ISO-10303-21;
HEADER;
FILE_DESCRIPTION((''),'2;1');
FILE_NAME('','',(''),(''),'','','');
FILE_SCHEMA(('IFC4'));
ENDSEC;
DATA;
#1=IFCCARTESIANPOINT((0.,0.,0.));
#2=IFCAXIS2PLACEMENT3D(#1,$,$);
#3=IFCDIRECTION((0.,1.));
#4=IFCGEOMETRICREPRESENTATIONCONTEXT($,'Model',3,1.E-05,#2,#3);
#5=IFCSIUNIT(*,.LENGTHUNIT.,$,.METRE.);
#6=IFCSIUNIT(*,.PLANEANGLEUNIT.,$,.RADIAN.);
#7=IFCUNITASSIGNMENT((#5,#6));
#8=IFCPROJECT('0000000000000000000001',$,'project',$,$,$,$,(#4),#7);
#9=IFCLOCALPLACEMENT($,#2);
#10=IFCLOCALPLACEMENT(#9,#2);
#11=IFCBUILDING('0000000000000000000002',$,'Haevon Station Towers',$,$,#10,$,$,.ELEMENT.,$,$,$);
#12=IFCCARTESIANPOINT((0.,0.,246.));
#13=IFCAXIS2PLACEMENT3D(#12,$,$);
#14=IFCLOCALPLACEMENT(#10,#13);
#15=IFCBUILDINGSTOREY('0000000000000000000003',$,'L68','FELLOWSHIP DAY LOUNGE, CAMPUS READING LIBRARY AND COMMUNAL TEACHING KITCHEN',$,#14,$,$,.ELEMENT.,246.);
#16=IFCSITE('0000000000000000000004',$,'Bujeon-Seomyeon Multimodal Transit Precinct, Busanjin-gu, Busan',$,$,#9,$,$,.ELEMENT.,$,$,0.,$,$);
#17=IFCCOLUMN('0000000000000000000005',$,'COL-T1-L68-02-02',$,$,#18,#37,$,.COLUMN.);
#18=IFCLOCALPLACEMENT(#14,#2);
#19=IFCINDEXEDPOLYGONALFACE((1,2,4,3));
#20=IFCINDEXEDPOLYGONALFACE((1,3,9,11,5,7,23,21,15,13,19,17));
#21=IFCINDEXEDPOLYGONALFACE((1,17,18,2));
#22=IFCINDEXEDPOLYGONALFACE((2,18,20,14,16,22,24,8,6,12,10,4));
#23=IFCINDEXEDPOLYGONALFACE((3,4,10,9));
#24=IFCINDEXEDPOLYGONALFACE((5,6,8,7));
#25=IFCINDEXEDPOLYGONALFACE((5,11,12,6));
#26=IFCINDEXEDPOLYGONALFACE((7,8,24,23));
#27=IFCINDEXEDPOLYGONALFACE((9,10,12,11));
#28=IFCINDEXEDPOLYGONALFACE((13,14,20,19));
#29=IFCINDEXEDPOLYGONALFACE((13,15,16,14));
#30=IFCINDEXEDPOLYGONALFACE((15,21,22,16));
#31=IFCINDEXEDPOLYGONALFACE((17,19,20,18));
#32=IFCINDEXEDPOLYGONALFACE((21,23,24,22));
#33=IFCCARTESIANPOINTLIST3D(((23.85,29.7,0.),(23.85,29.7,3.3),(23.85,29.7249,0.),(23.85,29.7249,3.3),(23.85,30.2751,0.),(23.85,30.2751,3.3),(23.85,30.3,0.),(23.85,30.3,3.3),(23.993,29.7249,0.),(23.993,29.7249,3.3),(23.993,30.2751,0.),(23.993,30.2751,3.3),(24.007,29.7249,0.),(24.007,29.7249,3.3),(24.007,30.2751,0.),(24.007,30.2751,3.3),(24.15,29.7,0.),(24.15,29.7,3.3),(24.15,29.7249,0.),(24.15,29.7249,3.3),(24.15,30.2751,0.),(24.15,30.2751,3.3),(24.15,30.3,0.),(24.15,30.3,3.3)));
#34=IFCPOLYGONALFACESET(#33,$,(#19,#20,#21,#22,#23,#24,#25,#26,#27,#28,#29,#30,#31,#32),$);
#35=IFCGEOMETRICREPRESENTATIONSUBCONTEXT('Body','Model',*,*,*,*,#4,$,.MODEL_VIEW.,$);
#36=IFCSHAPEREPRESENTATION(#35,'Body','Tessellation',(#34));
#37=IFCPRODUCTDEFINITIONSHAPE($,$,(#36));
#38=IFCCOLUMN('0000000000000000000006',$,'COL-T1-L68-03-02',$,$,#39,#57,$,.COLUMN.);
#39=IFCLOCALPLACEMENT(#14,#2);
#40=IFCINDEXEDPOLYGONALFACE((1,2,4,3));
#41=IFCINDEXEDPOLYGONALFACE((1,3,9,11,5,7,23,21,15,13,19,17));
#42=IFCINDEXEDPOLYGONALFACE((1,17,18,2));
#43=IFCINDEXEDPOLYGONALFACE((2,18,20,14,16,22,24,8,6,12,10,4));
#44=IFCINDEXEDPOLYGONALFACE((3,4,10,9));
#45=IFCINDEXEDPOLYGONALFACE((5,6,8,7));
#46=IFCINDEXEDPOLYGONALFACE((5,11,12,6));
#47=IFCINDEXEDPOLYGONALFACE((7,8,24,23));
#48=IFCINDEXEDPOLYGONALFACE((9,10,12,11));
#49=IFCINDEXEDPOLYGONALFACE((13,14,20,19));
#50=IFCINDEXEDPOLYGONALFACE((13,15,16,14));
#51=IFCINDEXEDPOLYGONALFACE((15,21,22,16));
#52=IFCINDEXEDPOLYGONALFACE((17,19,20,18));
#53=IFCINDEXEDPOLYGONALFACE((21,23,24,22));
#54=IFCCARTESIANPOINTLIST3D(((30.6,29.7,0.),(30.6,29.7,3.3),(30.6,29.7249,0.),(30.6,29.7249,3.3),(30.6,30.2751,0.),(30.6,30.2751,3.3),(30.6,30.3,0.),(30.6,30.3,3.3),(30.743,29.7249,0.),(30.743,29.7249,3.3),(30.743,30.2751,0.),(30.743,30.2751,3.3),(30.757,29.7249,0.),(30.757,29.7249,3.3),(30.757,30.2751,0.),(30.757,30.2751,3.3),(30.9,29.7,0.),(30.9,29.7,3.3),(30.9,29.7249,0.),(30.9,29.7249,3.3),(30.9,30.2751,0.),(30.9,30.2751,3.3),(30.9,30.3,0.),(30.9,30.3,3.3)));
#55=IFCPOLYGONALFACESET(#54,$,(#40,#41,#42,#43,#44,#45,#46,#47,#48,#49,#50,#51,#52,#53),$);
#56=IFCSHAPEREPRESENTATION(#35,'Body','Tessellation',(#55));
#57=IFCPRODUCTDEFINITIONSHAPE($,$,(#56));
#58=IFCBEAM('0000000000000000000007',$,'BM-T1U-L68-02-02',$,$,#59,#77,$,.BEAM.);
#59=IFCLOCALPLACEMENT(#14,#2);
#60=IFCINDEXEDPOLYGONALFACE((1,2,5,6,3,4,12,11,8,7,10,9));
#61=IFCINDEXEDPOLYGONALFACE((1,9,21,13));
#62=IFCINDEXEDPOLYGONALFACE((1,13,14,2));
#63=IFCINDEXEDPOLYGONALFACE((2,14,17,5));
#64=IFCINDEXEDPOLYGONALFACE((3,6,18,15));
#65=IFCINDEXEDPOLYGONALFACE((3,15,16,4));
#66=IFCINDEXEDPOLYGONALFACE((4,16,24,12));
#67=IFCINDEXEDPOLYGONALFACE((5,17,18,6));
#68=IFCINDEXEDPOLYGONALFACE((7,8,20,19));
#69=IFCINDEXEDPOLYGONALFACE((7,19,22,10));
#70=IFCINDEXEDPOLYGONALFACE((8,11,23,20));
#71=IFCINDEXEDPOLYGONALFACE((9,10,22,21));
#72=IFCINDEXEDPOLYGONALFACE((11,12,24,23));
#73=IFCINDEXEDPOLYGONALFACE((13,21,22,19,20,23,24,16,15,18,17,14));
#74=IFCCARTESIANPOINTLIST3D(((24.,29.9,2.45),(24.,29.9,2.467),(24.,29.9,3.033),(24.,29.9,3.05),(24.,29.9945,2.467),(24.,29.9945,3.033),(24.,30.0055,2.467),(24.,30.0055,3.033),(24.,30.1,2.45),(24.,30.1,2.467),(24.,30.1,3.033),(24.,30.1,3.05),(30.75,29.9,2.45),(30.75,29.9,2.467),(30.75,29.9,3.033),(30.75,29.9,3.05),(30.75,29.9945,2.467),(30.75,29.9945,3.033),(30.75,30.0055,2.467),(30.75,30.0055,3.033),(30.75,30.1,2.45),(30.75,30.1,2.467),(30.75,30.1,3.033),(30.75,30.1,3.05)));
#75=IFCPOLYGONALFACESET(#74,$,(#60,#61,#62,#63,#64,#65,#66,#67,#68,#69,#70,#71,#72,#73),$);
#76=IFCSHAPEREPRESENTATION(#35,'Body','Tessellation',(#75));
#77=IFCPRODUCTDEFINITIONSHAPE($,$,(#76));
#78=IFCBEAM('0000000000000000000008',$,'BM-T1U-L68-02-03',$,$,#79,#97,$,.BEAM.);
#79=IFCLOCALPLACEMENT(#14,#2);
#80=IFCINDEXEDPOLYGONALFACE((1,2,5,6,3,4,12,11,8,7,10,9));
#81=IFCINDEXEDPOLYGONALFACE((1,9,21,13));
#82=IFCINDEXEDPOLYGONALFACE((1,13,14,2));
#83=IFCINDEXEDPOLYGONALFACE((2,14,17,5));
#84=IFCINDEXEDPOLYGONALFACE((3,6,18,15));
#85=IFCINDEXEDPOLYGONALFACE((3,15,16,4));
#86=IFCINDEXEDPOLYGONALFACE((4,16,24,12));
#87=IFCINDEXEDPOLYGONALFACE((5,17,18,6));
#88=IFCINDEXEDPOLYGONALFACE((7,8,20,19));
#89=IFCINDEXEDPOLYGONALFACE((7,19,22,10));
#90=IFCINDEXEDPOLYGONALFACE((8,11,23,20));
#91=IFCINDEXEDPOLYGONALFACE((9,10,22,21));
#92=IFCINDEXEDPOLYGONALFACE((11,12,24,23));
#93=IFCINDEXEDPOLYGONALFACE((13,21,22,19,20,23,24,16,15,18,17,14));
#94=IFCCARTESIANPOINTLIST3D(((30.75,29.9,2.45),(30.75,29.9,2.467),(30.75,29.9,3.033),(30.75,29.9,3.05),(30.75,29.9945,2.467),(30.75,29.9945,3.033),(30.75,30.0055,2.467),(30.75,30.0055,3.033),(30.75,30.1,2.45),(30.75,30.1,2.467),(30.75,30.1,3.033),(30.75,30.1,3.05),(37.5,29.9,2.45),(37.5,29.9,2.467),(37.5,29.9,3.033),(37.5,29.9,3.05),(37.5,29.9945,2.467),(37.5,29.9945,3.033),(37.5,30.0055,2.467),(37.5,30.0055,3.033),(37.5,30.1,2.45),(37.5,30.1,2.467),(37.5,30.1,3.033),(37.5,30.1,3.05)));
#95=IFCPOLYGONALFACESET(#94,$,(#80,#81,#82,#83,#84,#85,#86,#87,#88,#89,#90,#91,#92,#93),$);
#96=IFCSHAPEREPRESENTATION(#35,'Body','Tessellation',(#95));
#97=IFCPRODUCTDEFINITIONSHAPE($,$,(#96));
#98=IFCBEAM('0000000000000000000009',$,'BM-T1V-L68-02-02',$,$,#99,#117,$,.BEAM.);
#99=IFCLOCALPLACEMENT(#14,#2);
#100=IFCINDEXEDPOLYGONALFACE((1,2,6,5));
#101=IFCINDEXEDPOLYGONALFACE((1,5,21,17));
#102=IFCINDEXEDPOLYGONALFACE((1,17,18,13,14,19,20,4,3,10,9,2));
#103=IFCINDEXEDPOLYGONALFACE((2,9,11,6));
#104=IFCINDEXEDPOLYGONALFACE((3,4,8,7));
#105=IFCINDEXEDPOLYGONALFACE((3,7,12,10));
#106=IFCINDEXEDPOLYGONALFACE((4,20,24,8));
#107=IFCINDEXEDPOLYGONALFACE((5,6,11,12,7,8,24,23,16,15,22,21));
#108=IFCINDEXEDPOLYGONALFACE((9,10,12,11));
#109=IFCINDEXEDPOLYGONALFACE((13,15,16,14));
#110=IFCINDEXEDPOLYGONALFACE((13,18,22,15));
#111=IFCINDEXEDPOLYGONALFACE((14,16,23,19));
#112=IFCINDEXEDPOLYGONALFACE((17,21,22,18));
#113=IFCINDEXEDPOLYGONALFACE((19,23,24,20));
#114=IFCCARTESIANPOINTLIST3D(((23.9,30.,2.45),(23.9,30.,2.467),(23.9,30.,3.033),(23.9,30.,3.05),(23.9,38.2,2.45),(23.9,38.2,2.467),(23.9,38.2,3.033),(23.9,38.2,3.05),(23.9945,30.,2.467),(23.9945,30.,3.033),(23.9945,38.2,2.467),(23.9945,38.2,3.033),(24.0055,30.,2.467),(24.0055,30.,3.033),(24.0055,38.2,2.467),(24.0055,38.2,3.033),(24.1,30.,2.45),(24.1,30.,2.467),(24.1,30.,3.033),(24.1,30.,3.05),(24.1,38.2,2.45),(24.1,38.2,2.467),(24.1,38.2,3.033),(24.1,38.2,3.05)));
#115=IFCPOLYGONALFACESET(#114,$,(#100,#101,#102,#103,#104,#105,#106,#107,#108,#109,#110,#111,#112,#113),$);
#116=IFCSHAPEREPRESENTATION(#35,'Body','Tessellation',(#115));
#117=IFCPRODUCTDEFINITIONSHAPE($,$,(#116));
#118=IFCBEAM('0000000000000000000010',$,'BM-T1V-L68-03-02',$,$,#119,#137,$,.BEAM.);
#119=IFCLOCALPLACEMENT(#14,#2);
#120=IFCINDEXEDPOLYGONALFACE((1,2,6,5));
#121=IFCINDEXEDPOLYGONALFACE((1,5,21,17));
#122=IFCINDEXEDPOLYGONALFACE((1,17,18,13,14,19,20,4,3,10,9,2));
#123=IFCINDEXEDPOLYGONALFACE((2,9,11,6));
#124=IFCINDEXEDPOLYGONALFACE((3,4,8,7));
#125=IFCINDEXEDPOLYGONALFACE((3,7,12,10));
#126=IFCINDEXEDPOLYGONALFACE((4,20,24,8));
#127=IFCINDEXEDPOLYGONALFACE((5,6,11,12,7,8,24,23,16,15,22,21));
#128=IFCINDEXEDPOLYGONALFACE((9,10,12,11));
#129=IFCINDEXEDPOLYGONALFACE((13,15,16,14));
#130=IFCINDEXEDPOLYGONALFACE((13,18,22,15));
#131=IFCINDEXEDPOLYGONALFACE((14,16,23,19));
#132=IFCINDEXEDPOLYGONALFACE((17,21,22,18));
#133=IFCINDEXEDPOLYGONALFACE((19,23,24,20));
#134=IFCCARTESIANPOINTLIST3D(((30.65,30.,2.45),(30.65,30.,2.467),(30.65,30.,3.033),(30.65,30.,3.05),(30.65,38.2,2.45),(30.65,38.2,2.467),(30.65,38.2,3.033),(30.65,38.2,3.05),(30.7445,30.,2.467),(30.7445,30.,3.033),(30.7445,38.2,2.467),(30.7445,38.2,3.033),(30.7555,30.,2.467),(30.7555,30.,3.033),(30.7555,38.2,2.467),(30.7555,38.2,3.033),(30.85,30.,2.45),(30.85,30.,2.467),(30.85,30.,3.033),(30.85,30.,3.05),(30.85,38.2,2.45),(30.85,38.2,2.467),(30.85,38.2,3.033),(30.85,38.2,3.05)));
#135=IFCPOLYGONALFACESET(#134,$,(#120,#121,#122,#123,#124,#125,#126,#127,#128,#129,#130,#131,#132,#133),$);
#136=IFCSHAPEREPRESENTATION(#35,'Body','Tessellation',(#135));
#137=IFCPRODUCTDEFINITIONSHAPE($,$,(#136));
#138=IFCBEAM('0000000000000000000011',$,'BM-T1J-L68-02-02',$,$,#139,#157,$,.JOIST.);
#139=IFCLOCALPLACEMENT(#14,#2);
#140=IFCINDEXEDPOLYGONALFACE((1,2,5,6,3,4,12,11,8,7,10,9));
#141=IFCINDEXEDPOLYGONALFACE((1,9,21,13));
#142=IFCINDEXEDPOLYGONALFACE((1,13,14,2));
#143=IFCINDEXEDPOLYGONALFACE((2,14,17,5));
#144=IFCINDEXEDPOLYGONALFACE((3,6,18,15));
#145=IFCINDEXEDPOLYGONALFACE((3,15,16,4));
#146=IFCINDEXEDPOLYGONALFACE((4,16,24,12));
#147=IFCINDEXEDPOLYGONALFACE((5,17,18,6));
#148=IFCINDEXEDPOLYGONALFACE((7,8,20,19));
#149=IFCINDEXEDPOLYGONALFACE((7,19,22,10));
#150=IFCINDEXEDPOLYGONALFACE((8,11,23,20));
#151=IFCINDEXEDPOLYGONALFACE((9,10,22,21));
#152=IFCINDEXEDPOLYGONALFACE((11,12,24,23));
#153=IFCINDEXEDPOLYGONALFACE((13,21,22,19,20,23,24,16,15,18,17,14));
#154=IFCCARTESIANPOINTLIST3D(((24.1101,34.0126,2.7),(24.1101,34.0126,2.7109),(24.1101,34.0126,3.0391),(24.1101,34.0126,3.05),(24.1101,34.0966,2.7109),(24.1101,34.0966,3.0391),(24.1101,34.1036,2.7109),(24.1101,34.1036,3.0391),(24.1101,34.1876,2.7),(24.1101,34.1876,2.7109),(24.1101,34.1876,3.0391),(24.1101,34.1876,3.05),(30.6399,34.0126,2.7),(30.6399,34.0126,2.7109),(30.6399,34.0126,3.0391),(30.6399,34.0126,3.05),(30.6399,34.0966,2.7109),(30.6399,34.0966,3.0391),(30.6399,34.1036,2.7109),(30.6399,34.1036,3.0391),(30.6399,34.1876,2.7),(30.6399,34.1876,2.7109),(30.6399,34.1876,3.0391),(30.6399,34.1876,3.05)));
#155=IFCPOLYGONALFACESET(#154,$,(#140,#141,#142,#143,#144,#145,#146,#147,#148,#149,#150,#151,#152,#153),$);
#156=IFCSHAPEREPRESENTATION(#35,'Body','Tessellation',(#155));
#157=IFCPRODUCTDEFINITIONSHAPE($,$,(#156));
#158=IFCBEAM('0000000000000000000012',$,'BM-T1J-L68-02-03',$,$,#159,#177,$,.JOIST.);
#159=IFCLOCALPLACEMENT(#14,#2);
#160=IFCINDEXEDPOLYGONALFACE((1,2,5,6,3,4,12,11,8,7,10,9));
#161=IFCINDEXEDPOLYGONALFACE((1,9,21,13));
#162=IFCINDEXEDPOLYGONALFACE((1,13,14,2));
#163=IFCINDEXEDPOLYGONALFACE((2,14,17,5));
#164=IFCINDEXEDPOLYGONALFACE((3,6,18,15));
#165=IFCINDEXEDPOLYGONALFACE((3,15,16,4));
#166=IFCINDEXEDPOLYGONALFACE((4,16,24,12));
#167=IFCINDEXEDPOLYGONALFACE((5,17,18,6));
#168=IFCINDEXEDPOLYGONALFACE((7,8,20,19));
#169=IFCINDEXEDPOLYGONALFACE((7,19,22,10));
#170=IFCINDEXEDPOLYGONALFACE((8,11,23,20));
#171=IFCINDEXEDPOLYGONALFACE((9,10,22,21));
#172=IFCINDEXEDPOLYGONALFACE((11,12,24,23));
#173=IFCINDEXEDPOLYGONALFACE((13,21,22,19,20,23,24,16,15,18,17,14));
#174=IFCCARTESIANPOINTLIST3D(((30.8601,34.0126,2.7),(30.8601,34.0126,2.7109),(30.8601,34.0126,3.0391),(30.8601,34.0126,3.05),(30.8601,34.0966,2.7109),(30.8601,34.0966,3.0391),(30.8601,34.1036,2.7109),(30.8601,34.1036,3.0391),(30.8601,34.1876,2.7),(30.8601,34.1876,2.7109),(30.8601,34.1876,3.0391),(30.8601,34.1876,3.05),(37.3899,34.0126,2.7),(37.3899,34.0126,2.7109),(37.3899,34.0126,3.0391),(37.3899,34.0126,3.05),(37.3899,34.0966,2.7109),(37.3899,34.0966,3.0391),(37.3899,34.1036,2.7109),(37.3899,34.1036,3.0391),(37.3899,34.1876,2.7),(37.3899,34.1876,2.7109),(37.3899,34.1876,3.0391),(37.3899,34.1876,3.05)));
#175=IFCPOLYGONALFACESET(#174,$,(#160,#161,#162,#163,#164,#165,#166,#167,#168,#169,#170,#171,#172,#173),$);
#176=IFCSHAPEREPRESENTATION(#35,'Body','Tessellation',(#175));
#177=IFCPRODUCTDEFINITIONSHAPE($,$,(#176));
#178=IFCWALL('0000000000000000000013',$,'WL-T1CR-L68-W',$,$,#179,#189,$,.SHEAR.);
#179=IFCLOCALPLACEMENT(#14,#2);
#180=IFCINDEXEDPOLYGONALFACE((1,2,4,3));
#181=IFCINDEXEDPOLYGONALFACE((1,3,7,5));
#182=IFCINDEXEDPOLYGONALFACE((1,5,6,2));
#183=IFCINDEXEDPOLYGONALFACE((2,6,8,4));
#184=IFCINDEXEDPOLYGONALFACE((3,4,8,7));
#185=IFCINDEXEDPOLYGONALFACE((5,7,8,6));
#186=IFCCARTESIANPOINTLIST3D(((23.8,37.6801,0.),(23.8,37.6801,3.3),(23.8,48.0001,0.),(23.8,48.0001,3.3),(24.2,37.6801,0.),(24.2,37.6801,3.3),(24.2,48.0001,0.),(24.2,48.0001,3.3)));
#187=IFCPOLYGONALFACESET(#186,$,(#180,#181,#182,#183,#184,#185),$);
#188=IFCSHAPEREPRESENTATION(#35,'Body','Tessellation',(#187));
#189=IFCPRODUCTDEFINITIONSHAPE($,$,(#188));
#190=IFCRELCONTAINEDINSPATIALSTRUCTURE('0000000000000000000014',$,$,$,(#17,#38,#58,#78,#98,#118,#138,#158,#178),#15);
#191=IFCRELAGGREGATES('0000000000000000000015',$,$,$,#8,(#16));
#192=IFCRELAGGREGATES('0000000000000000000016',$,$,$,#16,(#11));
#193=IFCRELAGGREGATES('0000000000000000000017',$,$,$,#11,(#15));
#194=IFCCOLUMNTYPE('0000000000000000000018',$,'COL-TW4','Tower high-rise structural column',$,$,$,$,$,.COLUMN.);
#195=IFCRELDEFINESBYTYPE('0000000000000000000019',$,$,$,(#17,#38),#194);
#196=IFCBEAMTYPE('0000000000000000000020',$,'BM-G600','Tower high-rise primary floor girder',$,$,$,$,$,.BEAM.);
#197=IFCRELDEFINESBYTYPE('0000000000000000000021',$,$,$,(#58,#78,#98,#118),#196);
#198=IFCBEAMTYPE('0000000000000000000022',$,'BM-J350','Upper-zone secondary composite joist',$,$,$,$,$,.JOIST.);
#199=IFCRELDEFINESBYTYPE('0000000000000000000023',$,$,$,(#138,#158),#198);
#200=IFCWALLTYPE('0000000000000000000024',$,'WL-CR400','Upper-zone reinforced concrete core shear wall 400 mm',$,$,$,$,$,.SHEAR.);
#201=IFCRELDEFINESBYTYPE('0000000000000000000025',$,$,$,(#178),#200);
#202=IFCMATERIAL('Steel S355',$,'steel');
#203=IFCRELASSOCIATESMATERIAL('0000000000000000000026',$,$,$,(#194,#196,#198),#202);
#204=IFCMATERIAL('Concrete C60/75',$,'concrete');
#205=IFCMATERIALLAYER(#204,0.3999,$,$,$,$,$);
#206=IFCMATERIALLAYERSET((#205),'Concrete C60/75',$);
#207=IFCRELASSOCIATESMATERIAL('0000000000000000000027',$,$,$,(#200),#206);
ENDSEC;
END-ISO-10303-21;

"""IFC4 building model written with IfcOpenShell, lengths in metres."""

from ifc_helpers import new_model, si_unit, direction, frame, frame_2d, origin, origin_2d, place, context, subcontext, project, spatial, rectangle, i_section, extrude, material, layer, layer_set, material_profile, profile_set, type_object, element, save


model = new_model("IFC4")

# Units and contexts
model_context = context("Model", 3, precision=1e-05, world=origin(), true_north=direction((0.0, 1.0)))
body_context = subcontext(model_context, "Body", "Model", "MODEL_VIEW")
ifc_project = project(units=[si_unit("LENGTHUNIT", "METRE"), si_unit("PLANEANGLEUNIT", "RADIAN")], contexts=[model_context])

# Site, building, storey
site_placement = place(None, origin())
site = spatial("IfcSite", under=ifc_project, at=site_placement, Name="Bujeon-Seomyeon Multimodal Transit Precinct, Busanjin-gu, Busan", CompositionType="ELEMENT", RefElevation=0.0)
building_placement = place(site_placement, origin())
building = spatial("IfcBuilding", under=site, at=building_placement, Name="Haevon Station Towers", CompositionType="ELEMENT")
storey_placement = place(building_placement, frame((0.0, 0.0, 246.0)))
storey = spatial("IfcBuildingStorey", under=building, at=storey_placement, Name="L68", Description="FELLOWSHIP DAY LOUNGE, CAMPUS READING LIBRARY AND COMMUNAL TEACHING KITCHEN", CompositionType="ELEMENT", Elevation=246.0)

# Columns
ifc_material_1 = material(Name="Steel S355", Category="steel")
ifc_material_profile_1 = material_profile(ifc_material_1, i_section(OverallWidth=0.3, OverallDepth=0.6001, WebThickness=0.0139, FlangeThickness=0.0249, at=origin_2d()), Name="H-600x300x14x25")
ifc_profile_set_1 = profile_set([ifc_material_profile_1], Name="Steel S355")
column_type = type_object("IfcColumnType", Name="COL-TW4", Description="Tower high-rise structural column", PredefinedType="COLUMN", material=ifc_profile_set_1)
for number, where, z_axis, x_axis, name in (
    (1, (24.0, 30.0, 0.0), (0.0, 0.0, 1.0), (1.0, 0.0, 0.0), "COL-T1-L68-02-02"),
    (2, (30.75, 30.0, 0.0), (0.0, 0.0, 1.0), (1.0, 0.0, 0.0), "COL-T1-L68-03-02"),
):
    element("IfcColumn", number, at=place(storey_placement, frame(where, z_axis=z_axis, x_axis=x_axis)), inside=storey, type_object=column_type, Name=name, PredefinedType="COLUMN", context=body_context, shape_type="SweptSolid", body=[
        extrude(i_section(OverallWidth=0.3, OverallDepth=0.6001, WebThickness=0.0139, FlangeThickness=0.0249, at=origin_2d()), origin(), (0.0, 0.0, 1.0), 3.3),
    ])

# Beams
ifc_material_profile_2 = material_profile(ifc_material_1, i_section(OverallWidth=0.2, OverallDepth=0.6001, WebThickness=0.011, FlangeThickness=0.0171, at=origin_2d()), Name="H-600x200x11x17")
ifc_profile_set_2 = profile_set([ifc_material_profile_2], Name="Steel S355")
beam_type_1 = type_object("IfcBeamType", Name="BM-G600", Description="Tower high-rise primary floor girder", PredefinedType="BEAM", material=ifc_profile_set_2)
for number, where, z_axis, x_axis, name in (
    (3, (24.0, 30.0, 2.75), (1.0, 0.0, 0.0), (0.0, 1.0, 0.0), "BM-T1U-L68-02-02"),
    (4, (30.75, 30.0, 2.75), (1.0, 0.0, 0.0), (0.0, 1.0, 0.0), "BM-T1U-L68-02-03"),
):
    element("IfcBeam", number, at=place(storey_placement, frame(where, z_axis=z_axis, x_axis=x_axis)), inside=storey, type_object=beam_type_1, Name=name, PredefinedType="BEAM", context=body_context, shape_type="SweptSolid", body=[
        extrude(i_section(OverallWidth=0.2, OverallDepth=0.6001, WebThickness=0.011, FlangeThickness=0.0171, at=origin_2d()), origin(), (0.0, 0.0, 1.0), 6.75),
    ])
for number, where, z_axis, x_axis, name in (
    (5, (24.0, 30.0, 2.75), (0.0, 1.0, 0.0), (-1.0, 0.0, 0.0), "BM-T1V-L68-02-02"),
    (6, (30.75, 30.0, 2.75), (0.0, 1.0, 0.0), (-1.0, 0.0, 0.0), "BM-T1V-L68-03-02"),
):
    element("IfcBeam", number, at=place(storey_placement, frame(where, z_axis=z_axis, x_axis=x_axis)), inside=storey, type_object=beam_type_1, Name=name, PredefinedType="BEAM", context=body_context, shape_type="SweptSolid", body=[
        extrude(i_section(OverallWidth=0.2, OverallDepth=0.6001, WebThickness=0.011, FlangeThickness=0.0171, at=origin_2d()), origin(), (0.0, 0.0, 1.0), 8.2),
    ])
ifc_material_profile_3 = material_profile(ifc_material_1, i_section(OverallWidth=0.175, OverallDepth=0.3501, WebThickness=0.0071, FlangeThickness=0.011, at=origin_2d()), Name="H-350x175x7x11")
ifc_profile_set_3 = profile_set([ifc_material_profile_3], Name="Steel S355")
beam_type_2 = type_object("IfcBeamType", Name="BM-J350", Description="Upper-zone secondary composite joist", PredefinedType="JOIST", material=ifc_profile_set_3)
for number, where, z_axis, x_axis, name in (
    (7, (24.1101, 34.1001, 2.875), (1.0, 0.0, 0.0), (0.0, 1.0, 0.0), "BM-T1J-L68-02-02"),
    (8, (30.8601, 34.1001, 2.875), (1.0, 0.0, 0.0), (0.0, 1.0, 0.0), "BM-T1J-L68-02-03"),
):
    element("IfcBeam", number, at=place(storey_placement, frame(where, z_axis=z_axis, x_axis=x_axis)), inside=storey, type_object=beam_type_2, Name=name, PredefinedType="JOIST", context=body_context, shape_type="SweptSolid", body=[
        extrude(i_section(OverallWidth=0.175, OverallDepth=0.3501, WebThickness=0.0071, FlangeThickness=0.011, at=origin_2d()), origin(), (0.0, 0.0, 1.0), 6.5298),
    ])

# Wall
ifc_material_2 = material(Name="Concrete C60/75", Category="concrete")
ifc_layer_1 = layer(ifc_material_2, 0.3999)
ifc_layer_set_1 = layer_set([ifc_layer_1], Name="Concrete C60/75")
wall_type_1 = type_object("IfcWallType", Name="WL-CR400", Description="Upper-zone reinforced concrete core shear wall 400 mm", PredefinedType="SHEAR", material=ifc_layer_set_1)
wall_1_placement = place(storey_placement, frame((24.0, 37.6799, 0.0), z_axis=(0.0, 0.0, 1.0), x_axis=(0.0, 1.0, 0.0)))
element("IfcWall", 9, at=wall_1_placement, inside=storey, type_object=wall_type_1, Name="WL-T1CR-L68-W", PredefinedType="SHEAR", context=body_context, shape_type="SweptSolid", body=[
    extrude(rectangle(XDim=10.3201, YDim=0.3999, at=frame_2d((5.1602, 0.0))), origin(), (0.0, 0.0, 1.0), 3.3),
])

save(model, "model.ifc")
